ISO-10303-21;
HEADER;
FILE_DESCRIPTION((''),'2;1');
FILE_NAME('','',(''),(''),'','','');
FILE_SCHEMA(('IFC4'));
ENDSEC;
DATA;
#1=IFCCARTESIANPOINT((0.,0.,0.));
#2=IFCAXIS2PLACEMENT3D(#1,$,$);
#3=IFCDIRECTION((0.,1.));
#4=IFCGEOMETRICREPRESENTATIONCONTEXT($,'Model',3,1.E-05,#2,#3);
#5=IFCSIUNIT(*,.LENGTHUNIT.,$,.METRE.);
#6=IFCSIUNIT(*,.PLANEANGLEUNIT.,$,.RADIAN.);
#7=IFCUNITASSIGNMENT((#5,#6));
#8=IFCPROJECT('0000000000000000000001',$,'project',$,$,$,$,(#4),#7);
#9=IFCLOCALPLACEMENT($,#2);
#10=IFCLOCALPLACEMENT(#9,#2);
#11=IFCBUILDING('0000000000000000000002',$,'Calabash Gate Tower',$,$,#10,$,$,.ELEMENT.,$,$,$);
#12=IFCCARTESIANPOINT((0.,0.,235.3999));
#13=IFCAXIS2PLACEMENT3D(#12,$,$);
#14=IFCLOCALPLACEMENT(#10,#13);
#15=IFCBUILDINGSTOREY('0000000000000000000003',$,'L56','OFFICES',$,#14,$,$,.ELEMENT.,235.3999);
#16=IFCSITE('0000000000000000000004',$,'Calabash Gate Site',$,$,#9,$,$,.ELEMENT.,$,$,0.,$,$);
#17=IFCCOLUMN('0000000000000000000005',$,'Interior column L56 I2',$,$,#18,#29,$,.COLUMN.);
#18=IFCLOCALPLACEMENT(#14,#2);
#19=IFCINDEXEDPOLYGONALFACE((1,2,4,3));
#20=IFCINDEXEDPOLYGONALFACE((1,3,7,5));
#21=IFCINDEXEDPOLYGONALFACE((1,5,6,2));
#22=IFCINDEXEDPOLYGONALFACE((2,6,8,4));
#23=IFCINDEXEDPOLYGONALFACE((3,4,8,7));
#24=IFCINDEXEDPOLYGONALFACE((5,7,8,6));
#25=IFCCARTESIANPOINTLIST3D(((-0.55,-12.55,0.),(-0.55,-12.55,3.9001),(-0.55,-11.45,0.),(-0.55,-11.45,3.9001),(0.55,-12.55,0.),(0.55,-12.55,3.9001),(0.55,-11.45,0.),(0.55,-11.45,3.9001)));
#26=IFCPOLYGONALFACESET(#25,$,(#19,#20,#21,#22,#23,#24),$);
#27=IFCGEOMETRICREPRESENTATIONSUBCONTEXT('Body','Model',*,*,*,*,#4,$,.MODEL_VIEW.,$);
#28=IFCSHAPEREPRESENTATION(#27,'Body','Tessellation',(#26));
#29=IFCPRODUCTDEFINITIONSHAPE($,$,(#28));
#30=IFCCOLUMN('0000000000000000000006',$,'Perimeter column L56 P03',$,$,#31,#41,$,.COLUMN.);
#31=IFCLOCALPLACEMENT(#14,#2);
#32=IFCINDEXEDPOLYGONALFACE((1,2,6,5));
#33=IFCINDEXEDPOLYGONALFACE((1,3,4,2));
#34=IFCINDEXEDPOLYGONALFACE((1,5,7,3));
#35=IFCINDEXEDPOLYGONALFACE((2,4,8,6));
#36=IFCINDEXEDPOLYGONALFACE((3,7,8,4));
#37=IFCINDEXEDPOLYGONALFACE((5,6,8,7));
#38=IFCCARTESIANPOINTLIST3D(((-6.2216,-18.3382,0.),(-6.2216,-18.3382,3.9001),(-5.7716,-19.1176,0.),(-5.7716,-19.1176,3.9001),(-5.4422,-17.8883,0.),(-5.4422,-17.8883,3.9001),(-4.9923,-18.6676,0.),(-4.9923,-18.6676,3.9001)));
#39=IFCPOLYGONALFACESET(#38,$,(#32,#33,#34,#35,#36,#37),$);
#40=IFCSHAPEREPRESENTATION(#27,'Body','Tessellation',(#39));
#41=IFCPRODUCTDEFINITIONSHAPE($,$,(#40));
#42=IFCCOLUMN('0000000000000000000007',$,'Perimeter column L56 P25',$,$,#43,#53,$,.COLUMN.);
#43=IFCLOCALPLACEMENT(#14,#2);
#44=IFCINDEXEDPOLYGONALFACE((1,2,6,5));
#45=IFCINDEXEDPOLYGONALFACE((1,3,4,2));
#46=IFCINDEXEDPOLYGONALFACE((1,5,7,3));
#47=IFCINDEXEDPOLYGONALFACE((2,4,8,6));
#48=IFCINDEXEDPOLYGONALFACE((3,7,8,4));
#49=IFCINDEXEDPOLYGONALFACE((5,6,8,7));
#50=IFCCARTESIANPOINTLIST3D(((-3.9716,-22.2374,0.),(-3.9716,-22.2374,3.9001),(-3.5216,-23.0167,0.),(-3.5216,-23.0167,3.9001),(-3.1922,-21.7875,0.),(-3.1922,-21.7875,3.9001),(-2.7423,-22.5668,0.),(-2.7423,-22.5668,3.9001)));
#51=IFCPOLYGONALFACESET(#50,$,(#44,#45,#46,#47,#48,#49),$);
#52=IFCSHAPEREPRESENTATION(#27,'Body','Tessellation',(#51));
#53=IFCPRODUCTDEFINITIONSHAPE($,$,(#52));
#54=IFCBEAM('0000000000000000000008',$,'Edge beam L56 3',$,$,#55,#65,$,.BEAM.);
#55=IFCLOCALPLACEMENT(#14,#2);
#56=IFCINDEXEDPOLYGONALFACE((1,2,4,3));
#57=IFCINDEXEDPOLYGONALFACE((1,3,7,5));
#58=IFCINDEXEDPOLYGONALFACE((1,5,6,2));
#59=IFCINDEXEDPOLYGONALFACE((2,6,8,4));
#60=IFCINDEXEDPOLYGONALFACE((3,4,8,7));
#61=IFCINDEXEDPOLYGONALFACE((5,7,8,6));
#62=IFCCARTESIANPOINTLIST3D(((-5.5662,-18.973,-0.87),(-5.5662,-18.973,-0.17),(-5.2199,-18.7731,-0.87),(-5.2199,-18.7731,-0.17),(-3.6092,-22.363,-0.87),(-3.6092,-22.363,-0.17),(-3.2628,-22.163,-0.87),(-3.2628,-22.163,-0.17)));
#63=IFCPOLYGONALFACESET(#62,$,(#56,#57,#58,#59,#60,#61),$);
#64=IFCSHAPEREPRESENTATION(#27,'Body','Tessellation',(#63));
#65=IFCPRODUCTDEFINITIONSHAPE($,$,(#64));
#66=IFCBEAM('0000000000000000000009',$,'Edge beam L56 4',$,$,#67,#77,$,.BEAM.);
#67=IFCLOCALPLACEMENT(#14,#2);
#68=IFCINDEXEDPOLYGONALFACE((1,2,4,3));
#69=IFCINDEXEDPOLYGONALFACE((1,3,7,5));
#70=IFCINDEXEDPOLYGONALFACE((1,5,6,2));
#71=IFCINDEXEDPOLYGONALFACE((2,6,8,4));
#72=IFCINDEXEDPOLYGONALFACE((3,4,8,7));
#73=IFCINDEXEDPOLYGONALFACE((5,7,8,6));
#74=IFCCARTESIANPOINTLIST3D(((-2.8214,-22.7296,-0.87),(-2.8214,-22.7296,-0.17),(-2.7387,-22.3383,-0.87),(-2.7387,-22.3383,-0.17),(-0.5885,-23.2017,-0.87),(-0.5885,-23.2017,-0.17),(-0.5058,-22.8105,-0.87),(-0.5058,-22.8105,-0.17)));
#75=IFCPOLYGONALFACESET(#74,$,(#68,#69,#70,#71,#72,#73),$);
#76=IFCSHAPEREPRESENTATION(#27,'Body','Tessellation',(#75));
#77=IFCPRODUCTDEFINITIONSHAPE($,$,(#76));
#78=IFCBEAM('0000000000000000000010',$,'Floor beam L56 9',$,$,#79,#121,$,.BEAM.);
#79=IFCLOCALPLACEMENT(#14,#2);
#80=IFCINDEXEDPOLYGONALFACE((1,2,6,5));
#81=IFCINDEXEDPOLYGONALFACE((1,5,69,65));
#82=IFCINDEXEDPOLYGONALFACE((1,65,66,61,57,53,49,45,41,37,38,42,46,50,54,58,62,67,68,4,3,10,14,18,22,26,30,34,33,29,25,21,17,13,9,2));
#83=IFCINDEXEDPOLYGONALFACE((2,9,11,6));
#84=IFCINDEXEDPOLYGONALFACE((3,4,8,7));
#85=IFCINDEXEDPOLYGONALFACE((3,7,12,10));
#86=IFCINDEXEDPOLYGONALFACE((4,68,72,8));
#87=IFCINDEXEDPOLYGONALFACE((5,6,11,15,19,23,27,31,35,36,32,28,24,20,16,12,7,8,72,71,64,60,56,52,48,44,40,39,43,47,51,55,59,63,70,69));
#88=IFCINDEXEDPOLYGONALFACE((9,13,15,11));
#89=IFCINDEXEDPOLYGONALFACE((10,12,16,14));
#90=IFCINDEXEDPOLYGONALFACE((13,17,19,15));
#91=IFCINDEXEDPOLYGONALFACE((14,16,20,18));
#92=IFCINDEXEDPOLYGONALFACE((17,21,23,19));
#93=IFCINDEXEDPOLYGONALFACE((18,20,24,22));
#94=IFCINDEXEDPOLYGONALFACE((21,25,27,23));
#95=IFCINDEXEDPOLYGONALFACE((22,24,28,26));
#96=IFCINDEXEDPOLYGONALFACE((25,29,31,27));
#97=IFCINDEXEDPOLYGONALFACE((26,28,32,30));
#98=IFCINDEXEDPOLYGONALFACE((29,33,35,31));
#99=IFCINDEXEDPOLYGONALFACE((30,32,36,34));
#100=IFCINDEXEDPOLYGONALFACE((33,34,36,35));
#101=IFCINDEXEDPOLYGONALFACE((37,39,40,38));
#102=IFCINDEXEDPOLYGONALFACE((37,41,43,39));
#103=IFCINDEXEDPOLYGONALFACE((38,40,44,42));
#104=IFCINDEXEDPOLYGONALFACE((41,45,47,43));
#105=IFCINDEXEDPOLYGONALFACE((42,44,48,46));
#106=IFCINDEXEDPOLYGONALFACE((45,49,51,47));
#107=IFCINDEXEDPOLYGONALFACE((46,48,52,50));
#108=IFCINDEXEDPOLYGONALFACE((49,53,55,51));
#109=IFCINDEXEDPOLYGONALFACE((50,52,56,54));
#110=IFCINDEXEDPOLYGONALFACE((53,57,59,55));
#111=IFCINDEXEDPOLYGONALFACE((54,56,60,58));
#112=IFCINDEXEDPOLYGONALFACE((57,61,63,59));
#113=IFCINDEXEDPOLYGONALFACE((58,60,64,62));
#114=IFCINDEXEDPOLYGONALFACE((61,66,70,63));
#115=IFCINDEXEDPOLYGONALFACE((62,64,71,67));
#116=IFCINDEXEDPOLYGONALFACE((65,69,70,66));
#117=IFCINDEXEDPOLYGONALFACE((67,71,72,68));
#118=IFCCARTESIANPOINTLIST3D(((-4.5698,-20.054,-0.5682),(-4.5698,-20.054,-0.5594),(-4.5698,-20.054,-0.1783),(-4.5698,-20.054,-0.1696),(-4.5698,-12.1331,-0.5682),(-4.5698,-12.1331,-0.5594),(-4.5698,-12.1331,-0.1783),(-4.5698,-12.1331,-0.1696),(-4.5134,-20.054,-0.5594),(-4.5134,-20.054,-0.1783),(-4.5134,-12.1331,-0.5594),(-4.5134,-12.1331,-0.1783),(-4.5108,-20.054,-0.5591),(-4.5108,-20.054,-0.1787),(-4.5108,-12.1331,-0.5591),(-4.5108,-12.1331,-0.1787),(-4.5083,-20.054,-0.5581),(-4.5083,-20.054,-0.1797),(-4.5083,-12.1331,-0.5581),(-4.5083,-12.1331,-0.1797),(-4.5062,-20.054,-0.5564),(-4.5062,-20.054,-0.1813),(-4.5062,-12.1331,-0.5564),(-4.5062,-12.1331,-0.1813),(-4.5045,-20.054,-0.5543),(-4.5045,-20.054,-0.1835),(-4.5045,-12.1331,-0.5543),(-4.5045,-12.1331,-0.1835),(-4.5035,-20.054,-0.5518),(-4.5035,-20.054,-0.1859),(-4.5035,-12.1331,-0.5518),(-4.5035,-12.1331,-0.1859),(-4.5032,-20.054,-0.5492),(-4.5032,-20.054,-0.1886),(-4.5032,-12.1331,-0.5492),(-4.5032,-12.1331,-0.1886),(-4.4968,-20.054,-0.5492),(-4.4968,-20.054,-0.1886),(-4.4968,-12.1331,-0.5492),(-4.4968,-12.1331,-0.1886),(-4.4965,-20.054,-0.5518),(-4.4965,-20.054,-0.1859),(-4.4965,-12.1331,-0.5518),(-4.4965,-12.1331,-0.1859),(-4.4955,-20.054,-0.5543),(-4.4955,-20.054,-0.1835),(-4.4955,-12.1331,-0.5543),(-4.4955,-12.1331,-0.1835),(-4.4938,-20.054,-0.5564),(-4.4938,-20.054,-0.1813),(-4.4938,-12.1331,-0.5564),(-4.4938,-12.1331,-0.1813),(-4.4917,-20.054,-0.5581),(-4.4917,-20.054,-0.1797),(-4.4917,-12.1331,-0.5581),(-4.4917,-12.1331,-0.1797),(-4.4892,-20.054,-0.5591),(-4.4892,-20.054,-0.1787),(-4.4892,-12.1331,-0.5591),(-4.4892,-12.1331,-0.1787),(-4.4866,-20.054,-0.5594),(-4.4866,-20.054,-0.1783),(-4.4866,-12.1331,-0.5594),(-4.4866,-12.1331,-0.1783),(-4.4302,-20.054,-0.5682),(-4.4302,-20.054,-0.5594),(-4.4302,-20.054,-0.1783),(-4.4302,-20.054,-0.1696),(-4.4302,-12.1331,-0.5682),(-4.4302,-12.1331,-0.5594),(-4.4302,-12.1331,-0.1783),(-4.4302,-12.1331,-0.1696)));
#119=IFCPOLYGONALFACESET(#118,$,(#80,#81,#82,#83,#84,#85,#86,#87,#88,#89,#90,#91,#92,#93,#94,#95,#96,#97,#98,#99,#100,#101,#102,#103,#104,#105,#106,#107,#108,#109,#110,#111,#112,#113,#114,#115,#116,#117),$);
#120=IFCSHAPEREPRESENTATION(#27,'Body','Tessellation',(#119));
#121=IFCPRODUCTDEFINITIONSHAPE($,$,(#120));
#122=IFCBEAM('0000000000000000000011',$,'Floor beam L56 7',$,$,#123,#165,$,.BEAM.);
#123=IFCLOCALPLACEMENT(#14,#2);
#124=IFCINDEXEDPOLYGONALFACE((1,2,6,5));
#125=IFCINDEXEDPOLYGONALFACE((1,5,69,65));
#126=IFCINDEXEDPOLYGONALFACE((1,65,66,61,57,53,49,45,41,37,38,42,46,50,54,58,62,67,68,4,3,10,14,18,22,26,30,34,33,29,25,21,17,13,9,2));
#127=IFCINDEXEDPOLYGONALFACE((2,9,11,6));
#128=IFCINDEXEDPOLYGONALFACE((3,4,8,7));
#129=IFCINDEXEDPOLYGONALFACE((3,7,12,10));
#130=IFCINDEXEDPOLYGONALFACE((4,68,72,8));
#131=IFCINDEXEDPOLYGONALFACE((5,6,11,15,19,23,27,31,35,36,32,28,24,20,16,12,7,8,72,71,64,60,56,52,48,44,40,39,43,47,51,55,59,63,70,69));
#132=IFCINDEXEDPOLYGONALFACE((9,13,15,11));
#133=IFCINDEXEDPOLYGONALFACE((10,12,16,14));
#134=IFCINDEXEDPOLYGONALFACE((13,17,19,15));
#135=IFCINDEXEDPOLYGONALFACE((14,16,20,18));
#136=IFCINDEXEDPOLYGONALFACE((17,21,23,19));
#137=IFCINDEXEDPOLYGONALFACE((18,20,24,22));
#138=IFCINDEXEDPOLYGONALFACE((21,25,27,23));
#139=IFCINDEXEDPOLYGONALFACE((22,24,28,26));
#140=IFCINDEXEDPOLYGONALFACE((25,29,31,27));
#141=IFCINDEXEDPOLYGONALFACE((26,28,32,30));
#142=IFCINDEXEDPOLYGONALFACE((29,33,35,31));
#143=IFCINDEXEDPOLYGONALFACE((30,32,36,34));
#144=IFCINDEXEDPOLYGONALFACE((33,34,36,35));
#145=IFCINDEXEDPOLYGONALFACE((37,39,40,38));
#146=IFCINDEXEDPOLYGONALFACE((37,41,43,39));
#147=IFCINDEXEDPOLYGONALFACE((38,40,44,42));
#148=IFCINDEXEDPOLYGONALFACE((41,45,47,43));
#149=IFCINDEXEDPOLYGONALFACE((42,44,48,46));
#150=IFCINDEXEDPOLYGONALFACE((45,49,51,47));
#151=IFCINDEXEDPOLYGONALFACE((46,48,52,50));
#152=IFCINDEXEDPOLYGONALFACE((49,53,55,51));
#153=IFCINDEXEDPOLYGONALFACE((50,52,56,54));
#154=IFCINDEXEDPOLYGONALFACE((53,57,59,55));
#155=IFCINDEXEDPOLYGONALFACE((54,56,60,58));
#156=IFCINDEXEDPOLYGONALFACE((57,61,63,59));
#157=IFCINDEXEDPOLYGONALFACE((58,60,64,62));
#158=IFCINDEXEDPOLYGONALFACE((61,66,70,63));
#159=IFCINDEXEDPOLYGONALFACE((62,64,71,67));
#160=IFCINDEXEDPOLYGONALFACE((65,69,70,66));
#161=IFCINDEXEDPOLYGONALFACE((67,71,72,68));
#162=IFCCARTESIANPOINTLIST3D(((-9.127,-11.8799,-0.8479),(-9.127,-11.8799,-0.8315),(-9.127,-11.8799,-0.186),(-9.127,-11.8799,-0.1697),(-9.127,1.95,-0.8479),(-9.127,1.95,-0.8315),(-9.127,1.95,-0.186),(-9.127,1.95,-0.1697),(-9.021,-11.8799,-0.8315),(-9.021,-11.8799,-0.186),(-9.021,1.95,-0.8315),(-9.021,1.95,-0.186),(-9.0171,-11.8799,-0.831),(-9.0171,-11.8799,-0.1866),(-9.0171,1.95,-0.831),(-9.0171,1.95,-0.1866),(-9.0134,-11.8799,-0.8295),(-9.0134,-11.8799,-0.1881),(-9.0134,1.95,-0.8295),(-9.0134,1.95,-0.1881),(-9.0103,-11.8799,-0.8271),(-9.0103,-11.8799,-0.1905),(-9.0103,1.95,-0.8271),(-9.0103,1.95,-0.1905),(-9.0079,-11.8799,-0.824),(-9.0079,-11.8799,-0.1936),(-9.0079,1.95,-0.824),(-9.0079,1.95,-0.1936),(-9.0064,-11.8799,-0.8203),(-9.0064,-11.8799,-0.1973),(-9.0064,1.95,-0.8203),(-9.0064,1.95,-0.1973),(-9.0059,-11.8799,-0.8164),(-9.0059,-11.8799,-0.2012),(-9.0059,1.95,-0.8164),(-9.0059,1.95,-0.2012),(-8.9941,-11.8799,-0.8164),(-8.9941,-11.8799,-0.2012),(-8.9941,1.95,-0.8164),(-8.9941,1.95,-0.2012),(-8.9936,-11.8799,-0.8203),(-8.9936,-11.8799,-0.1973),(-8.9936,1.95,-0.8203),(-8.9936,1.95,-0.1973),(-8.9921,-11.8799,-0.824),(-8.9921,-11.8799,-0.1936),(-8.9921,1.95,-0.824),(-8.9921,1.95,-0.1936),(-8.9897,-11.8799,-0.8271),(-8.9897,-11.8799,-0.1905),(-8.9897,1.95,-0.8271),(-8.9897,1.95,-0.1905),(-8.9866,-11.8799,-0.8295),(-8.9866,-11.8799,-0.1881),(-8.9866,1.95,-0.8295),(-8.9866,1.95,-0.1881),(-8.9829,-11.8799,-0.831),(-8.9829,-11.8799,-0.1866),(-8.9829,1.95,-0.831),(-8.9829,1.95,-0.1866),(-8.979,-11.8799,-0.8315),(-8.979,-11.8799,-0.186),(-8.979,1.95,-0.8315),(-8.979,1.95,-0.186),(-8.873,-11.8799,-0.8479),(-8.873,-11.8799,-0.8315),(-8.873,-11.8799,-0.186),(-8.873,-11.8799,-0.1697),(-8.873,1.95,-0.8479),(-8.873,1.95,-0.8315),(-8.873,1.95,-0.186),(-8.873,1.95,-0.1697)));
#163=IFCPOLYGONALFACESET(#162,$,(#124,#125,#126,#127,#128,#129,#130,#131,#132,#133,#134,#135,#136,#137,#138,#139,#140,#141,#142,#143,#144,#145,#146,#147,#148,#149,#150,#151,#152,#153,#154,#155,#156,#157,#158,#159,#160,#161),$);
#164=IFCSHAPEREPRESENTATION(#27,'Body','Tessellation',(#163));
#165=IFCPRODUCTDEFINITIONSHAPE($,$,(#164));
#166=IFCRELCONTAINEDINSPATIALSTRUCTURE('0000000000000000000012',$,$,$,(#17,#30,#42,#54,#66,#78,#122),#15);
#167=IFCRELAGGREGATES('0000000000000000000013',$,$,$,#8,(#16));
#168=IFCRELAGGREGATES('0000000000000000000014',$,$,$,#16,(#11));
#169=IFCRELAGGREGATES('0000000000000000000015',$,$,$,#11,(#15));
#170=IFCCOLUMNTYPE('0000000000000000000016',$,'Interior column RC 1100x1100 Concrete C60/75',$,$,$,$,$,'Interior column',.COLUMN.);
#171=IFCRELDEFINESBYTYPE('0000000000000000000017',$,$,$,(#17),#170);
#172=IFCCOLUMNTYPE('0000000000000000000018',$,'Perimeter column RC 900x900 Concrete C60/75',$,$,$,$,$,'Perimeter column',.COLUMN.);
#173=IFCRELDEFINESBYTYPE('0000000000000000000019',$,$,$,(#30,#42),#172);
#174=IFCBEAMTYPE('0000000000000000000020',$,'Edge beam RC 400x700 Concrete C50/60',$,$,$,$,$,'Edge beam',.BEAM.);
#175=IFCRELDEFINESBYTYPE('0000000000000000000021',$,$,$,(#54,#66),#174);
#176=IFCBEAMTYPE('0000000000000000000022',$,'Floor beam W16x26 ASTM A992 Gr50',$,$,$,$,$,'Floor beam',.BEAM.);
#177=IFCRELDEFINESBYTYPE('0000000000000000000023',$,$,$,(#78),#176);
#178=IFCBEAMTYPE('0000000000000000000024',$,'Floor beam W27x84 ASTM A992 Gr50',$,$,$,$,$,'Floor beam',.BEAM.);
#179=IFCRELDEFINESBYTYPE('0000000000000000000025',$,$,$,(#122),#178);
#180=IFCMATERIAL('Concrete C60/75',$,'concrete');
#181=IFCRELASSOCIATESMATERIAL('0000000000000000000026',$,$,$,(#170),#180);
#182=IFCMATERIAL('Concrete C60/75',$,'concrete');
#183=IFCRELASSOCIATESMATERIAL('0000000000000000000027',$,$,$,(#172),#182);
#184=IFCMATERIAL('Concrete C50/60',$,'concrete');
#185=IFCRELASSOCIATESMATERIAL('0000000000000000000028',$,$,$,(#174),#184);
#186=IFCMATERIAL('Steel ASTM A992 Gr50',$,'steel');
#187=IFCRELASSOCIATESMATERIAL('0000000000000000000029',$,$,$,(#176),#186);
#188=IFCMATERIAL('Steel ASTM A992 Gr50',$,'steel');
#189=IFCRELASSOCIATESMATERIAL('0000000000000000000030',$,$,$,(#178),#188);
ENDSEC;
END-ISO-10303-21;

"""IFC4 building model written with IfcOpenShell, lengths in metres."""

from ifc_helpers import new_model, si_unit, direction, frame, origin, origin_2d, place, context, subcontext, project, spatial, rectangle, i_section, extrude, material, material_profile, profile_set, type_object, element, save


model = new_model("IFC4")

# Units and contexts
model_context = context("Model", 3, precision=1e-05, world=origin(), true_north=direction((0.0, 1.0)))
body_context = subcontext(model_context, "Body", "Model", "MODEL_VIEW")
ifc_project = project(units=[si_unit("LENGTHUNIT", "METRE"), si_unit("PLANEANGLEUNIT", "RADIAN")], contexts=[model_context])

# Site, building, storey
site_placement = place(None, origin())
site = spatial("IfcSite", under=ifc_project, at=site_placement, Name="Calabash Gate Site", CompositionType="ELEMENT", RefElevation=0.0)
building_placement = place(site_placement, origin())
building = spatial("IfcBuilding", under=site, at=building_placement, Name="Calabash Gate Tower", CompositionType="ELEMENT")
storey_placement = place(building_placement, frame((0.0, 0.0, 235.3999)))
storey = spatial("IfcBuildingStorey", under=building, at=storey_placement, Name="L56", Description="OFFICES", CompositionType="ELEMENT", Elevation=235.3999)

# Columns
ifc_material_1 = material(Name="Concrete C60/75", Category="concrete")
ifc_material_profile_1 = material_profile(ifc_material_1, rectangle(XDim=1.1001, YDim=1.1001, at=origin_2d()))
ifc_profile_set_1 = profile_set([ifc_material_profile_1], Name="Concrete C60/75")
column_type_1 = type_object("IfcColumnType", Name="Interior column RC 1100x1100 Concrete C60/75", ElementType="Interior column", PredefinedType="COLUMN", material=ifc_profile_set_1)
column_placement = place(storey_placement, frame((0.0, -12.0, 0.0), z_axis=(0.0, 0.0, 1.0), x_axis=(1.0, 0.0, 0.0)))
element("IfcColumn", 1, at=column_placement, inside=storey, type_object=column_type_1, Name="Interior column L56 I2", PredefinedType="COLUMN", context=body_context, shape_type="SweptSolid", body=[
    extrude(rectangle(XDim=1.1001, YDim=1.1001, at=origin_2d()), origin(), (0.0, 0.0, 1.0), 3.9001),
])
ifc_material_2 = material(Name="Concrete C60/75", Category="concrete")
ifc_material_profile_2 = material_profile(ifc_material_2, rectangle(XDim=0.8999, YDim=0.8999, at=origin_2d()))
ifc_profile_set_2 = profile_set([ifc_material_profile_2], Name="Concrete C60/75")
column_type_2 = type_object("IfcColumnType", Name="Perimeter column RC 900x900 Concrete C60/75", ElementType="Perimeter column", PredefinedType="COLUMN", material=ifc_profile_set_2)
for number, where, z_axis, x_axis, name in (
    (2, (-5.6069, -18.5029, 0.0), (0.0, 0.0, 1.0), (0.5, -0.866025, 0.0), "Perimeter column L56 P03"),
    (3, (-3.3569, -22.4021, 0.0), (0.0, 0.0, 1.0), (0.5, -0.866025, 0.0), "Perimeter column L56 P25"),
):
    element("IfcColumn", number, at=place(storey_placement, frame(where, z_axis=z_axis, x_axis=x_axis)), inside=storey, type_object=column_type_2, Name=name, PredefinedType="COLUMN", context=body_context, shape_type="SweptSolid", body=[
        extrude(rectangle(XDim=0.8999, YDim=0.8999, at=origin_2d()), origin(), (0.0, 0.0, 1.0), 3.9001),
    ])

# Beams
ifc_material_3 = material(Name="Concrete C50/60", Category="concrete")
ifc_material_profile_3 = material_profile(ifc_material_3, rectangle(XDim=0.3999, YDim=0.7, at=origin_2d()))
ifc_profile_set_3 = profile_set([ifc_material_profile_3], Name="Concrete C50/60")
beam_type_1 = type_object("IfcBeamType", Name="Edge beam RC 400x700 Concrete C50/60", ElementType="Edge beam", PredefinedType="BEAM", material=ifc_profile_set_3)
beam_1_placement = place(storey_placement, frame((-5.3931, -18.873, -0.52), z_axis=(0.499976, -0.866039, 0.0), x_axis=(0.866039, 0.499976, 0.0)))
element("IfcBeam", 4, at=beam_1_placement, inside=storey, type_object=beam_type_1, Name="Edge beam L56 3", PredefinedType="BEAM", context=body_context, shape_type="SweptSolid", body=[
    extrude(rectangle(XDim=0.3999, YDim=0.7, at=origin_2d()), origin(), (0.0, 0.0, 1.0), 3.9143),
])
beam_2_placement = place(storey_placement, frame((-2.78, -22.5339, -0.52), z_axis=(0.978366, -0.206884, 0.0), x_axis=(0.206884, 0.978366, 0.0)))
element("IfcBeam", 5, at=beam_2_placement, inside=storey, type_object=beam_type_1, Name="Edge beam L56 4", PredefinedType="BEAM", context=body_context, shape_type="SweptSolid", body=[
    extrude(rectangle(XDim=0.3999, YDim=0.7, at=origin_2d()), origin(), (0.0, 0.0, 1.0), 2.2822),
])
ifc_material_4 = material(Name="Steel ASTM A992 Gr50", Category="steel")
ifc_material_profile_4 = material_profile(ifc_material_4, i_section(OverallWidth=0.1396, OverallDepth=0.3987, WebThickness=0.0063, FlangeThickness=0.0088, FilletRadius=0.0103, at=origin_2d()))
ifc_profile_set_4 = profile_set([ifc_material_profile_4], Name="Steel ASTM A992 Gr50")
beam_type_2 = type_object("IfcBeamType", Name="Floor beam W16x26 ASTM A992 Gr50", ElementType="Floor beam", PredefinedType="BEAM", material=ifc_profile_set_4)
beam_3_placement = place(storey_placement, frame((-4.5, -20.054, -0.3689), z_axis=(0.0, 1.0, 0.0), x_axis=(-1.0, 0.0, 0.0)))
element("IfcBeam", 6, at=beam_3_placement, inside=storey, type_object=beam_type_2, Name="Floor beam L56 9", PredefinedType="BEAM", context=body_context, shape_type="SweptSolid", body=[
    extrude(i_section(OverallWidth=0.1396, OverallDepth=0.3987, WebThickness=0.0063, FlangeThickness=0.0088, FilletRadius=0.0103, at=origin_2d()), origin(), (0.0, 0.0, 1.0), 7.9209),
])
ifc_material_5 = material(Name="Steel ASTM A992 Gr50", Category="steel")
ifc_material_profile_5 = material_profile(ifc_material_5, i_section(OverallWidth=0.2539, OverallDepth=0.6782, WebThickness=0.0117, FlangeThickness=0.0164, FilletRadius=0.0151, at=origin_2d()))
ifc_profile_set_5 = profile_set([ifc_material_profile_5], Name="Steel ASTM A992 Gr50")
beam_type_3 = type_object("IfcBeamType", Name="Floor beam W27x84 ASTM A992 Gr50", ElementType="Floor beam", PredefinedType="BEAM", material=ifc_profile_set_5)
beam_4_placement = place(storey_placement, frame((-9.0, -11.8799, -0.5088), z_axis=(0.0, 1.0, 0.0), x_axis=(-1.0, 0.0, 0.0)))
element("IfcBeam", 7, at=beam_4_placement, inside=storey, type_object=beam_type_3, Name="Floor beam L56 7", PredefinedType="BEAM", context=body_context, shape_type="SweptSolid", body=[
    extrude(i_section(OverallWidth=0.2539, OverallDepth=0.6782, WebThickness=0.0117, FlangeThickness=0.0164, FilletRadius=0.0151, at=origin_2d()), origin(), (0.0, 0.0, 1.0), 13.8298),
])

save(model, "model.ifc")
